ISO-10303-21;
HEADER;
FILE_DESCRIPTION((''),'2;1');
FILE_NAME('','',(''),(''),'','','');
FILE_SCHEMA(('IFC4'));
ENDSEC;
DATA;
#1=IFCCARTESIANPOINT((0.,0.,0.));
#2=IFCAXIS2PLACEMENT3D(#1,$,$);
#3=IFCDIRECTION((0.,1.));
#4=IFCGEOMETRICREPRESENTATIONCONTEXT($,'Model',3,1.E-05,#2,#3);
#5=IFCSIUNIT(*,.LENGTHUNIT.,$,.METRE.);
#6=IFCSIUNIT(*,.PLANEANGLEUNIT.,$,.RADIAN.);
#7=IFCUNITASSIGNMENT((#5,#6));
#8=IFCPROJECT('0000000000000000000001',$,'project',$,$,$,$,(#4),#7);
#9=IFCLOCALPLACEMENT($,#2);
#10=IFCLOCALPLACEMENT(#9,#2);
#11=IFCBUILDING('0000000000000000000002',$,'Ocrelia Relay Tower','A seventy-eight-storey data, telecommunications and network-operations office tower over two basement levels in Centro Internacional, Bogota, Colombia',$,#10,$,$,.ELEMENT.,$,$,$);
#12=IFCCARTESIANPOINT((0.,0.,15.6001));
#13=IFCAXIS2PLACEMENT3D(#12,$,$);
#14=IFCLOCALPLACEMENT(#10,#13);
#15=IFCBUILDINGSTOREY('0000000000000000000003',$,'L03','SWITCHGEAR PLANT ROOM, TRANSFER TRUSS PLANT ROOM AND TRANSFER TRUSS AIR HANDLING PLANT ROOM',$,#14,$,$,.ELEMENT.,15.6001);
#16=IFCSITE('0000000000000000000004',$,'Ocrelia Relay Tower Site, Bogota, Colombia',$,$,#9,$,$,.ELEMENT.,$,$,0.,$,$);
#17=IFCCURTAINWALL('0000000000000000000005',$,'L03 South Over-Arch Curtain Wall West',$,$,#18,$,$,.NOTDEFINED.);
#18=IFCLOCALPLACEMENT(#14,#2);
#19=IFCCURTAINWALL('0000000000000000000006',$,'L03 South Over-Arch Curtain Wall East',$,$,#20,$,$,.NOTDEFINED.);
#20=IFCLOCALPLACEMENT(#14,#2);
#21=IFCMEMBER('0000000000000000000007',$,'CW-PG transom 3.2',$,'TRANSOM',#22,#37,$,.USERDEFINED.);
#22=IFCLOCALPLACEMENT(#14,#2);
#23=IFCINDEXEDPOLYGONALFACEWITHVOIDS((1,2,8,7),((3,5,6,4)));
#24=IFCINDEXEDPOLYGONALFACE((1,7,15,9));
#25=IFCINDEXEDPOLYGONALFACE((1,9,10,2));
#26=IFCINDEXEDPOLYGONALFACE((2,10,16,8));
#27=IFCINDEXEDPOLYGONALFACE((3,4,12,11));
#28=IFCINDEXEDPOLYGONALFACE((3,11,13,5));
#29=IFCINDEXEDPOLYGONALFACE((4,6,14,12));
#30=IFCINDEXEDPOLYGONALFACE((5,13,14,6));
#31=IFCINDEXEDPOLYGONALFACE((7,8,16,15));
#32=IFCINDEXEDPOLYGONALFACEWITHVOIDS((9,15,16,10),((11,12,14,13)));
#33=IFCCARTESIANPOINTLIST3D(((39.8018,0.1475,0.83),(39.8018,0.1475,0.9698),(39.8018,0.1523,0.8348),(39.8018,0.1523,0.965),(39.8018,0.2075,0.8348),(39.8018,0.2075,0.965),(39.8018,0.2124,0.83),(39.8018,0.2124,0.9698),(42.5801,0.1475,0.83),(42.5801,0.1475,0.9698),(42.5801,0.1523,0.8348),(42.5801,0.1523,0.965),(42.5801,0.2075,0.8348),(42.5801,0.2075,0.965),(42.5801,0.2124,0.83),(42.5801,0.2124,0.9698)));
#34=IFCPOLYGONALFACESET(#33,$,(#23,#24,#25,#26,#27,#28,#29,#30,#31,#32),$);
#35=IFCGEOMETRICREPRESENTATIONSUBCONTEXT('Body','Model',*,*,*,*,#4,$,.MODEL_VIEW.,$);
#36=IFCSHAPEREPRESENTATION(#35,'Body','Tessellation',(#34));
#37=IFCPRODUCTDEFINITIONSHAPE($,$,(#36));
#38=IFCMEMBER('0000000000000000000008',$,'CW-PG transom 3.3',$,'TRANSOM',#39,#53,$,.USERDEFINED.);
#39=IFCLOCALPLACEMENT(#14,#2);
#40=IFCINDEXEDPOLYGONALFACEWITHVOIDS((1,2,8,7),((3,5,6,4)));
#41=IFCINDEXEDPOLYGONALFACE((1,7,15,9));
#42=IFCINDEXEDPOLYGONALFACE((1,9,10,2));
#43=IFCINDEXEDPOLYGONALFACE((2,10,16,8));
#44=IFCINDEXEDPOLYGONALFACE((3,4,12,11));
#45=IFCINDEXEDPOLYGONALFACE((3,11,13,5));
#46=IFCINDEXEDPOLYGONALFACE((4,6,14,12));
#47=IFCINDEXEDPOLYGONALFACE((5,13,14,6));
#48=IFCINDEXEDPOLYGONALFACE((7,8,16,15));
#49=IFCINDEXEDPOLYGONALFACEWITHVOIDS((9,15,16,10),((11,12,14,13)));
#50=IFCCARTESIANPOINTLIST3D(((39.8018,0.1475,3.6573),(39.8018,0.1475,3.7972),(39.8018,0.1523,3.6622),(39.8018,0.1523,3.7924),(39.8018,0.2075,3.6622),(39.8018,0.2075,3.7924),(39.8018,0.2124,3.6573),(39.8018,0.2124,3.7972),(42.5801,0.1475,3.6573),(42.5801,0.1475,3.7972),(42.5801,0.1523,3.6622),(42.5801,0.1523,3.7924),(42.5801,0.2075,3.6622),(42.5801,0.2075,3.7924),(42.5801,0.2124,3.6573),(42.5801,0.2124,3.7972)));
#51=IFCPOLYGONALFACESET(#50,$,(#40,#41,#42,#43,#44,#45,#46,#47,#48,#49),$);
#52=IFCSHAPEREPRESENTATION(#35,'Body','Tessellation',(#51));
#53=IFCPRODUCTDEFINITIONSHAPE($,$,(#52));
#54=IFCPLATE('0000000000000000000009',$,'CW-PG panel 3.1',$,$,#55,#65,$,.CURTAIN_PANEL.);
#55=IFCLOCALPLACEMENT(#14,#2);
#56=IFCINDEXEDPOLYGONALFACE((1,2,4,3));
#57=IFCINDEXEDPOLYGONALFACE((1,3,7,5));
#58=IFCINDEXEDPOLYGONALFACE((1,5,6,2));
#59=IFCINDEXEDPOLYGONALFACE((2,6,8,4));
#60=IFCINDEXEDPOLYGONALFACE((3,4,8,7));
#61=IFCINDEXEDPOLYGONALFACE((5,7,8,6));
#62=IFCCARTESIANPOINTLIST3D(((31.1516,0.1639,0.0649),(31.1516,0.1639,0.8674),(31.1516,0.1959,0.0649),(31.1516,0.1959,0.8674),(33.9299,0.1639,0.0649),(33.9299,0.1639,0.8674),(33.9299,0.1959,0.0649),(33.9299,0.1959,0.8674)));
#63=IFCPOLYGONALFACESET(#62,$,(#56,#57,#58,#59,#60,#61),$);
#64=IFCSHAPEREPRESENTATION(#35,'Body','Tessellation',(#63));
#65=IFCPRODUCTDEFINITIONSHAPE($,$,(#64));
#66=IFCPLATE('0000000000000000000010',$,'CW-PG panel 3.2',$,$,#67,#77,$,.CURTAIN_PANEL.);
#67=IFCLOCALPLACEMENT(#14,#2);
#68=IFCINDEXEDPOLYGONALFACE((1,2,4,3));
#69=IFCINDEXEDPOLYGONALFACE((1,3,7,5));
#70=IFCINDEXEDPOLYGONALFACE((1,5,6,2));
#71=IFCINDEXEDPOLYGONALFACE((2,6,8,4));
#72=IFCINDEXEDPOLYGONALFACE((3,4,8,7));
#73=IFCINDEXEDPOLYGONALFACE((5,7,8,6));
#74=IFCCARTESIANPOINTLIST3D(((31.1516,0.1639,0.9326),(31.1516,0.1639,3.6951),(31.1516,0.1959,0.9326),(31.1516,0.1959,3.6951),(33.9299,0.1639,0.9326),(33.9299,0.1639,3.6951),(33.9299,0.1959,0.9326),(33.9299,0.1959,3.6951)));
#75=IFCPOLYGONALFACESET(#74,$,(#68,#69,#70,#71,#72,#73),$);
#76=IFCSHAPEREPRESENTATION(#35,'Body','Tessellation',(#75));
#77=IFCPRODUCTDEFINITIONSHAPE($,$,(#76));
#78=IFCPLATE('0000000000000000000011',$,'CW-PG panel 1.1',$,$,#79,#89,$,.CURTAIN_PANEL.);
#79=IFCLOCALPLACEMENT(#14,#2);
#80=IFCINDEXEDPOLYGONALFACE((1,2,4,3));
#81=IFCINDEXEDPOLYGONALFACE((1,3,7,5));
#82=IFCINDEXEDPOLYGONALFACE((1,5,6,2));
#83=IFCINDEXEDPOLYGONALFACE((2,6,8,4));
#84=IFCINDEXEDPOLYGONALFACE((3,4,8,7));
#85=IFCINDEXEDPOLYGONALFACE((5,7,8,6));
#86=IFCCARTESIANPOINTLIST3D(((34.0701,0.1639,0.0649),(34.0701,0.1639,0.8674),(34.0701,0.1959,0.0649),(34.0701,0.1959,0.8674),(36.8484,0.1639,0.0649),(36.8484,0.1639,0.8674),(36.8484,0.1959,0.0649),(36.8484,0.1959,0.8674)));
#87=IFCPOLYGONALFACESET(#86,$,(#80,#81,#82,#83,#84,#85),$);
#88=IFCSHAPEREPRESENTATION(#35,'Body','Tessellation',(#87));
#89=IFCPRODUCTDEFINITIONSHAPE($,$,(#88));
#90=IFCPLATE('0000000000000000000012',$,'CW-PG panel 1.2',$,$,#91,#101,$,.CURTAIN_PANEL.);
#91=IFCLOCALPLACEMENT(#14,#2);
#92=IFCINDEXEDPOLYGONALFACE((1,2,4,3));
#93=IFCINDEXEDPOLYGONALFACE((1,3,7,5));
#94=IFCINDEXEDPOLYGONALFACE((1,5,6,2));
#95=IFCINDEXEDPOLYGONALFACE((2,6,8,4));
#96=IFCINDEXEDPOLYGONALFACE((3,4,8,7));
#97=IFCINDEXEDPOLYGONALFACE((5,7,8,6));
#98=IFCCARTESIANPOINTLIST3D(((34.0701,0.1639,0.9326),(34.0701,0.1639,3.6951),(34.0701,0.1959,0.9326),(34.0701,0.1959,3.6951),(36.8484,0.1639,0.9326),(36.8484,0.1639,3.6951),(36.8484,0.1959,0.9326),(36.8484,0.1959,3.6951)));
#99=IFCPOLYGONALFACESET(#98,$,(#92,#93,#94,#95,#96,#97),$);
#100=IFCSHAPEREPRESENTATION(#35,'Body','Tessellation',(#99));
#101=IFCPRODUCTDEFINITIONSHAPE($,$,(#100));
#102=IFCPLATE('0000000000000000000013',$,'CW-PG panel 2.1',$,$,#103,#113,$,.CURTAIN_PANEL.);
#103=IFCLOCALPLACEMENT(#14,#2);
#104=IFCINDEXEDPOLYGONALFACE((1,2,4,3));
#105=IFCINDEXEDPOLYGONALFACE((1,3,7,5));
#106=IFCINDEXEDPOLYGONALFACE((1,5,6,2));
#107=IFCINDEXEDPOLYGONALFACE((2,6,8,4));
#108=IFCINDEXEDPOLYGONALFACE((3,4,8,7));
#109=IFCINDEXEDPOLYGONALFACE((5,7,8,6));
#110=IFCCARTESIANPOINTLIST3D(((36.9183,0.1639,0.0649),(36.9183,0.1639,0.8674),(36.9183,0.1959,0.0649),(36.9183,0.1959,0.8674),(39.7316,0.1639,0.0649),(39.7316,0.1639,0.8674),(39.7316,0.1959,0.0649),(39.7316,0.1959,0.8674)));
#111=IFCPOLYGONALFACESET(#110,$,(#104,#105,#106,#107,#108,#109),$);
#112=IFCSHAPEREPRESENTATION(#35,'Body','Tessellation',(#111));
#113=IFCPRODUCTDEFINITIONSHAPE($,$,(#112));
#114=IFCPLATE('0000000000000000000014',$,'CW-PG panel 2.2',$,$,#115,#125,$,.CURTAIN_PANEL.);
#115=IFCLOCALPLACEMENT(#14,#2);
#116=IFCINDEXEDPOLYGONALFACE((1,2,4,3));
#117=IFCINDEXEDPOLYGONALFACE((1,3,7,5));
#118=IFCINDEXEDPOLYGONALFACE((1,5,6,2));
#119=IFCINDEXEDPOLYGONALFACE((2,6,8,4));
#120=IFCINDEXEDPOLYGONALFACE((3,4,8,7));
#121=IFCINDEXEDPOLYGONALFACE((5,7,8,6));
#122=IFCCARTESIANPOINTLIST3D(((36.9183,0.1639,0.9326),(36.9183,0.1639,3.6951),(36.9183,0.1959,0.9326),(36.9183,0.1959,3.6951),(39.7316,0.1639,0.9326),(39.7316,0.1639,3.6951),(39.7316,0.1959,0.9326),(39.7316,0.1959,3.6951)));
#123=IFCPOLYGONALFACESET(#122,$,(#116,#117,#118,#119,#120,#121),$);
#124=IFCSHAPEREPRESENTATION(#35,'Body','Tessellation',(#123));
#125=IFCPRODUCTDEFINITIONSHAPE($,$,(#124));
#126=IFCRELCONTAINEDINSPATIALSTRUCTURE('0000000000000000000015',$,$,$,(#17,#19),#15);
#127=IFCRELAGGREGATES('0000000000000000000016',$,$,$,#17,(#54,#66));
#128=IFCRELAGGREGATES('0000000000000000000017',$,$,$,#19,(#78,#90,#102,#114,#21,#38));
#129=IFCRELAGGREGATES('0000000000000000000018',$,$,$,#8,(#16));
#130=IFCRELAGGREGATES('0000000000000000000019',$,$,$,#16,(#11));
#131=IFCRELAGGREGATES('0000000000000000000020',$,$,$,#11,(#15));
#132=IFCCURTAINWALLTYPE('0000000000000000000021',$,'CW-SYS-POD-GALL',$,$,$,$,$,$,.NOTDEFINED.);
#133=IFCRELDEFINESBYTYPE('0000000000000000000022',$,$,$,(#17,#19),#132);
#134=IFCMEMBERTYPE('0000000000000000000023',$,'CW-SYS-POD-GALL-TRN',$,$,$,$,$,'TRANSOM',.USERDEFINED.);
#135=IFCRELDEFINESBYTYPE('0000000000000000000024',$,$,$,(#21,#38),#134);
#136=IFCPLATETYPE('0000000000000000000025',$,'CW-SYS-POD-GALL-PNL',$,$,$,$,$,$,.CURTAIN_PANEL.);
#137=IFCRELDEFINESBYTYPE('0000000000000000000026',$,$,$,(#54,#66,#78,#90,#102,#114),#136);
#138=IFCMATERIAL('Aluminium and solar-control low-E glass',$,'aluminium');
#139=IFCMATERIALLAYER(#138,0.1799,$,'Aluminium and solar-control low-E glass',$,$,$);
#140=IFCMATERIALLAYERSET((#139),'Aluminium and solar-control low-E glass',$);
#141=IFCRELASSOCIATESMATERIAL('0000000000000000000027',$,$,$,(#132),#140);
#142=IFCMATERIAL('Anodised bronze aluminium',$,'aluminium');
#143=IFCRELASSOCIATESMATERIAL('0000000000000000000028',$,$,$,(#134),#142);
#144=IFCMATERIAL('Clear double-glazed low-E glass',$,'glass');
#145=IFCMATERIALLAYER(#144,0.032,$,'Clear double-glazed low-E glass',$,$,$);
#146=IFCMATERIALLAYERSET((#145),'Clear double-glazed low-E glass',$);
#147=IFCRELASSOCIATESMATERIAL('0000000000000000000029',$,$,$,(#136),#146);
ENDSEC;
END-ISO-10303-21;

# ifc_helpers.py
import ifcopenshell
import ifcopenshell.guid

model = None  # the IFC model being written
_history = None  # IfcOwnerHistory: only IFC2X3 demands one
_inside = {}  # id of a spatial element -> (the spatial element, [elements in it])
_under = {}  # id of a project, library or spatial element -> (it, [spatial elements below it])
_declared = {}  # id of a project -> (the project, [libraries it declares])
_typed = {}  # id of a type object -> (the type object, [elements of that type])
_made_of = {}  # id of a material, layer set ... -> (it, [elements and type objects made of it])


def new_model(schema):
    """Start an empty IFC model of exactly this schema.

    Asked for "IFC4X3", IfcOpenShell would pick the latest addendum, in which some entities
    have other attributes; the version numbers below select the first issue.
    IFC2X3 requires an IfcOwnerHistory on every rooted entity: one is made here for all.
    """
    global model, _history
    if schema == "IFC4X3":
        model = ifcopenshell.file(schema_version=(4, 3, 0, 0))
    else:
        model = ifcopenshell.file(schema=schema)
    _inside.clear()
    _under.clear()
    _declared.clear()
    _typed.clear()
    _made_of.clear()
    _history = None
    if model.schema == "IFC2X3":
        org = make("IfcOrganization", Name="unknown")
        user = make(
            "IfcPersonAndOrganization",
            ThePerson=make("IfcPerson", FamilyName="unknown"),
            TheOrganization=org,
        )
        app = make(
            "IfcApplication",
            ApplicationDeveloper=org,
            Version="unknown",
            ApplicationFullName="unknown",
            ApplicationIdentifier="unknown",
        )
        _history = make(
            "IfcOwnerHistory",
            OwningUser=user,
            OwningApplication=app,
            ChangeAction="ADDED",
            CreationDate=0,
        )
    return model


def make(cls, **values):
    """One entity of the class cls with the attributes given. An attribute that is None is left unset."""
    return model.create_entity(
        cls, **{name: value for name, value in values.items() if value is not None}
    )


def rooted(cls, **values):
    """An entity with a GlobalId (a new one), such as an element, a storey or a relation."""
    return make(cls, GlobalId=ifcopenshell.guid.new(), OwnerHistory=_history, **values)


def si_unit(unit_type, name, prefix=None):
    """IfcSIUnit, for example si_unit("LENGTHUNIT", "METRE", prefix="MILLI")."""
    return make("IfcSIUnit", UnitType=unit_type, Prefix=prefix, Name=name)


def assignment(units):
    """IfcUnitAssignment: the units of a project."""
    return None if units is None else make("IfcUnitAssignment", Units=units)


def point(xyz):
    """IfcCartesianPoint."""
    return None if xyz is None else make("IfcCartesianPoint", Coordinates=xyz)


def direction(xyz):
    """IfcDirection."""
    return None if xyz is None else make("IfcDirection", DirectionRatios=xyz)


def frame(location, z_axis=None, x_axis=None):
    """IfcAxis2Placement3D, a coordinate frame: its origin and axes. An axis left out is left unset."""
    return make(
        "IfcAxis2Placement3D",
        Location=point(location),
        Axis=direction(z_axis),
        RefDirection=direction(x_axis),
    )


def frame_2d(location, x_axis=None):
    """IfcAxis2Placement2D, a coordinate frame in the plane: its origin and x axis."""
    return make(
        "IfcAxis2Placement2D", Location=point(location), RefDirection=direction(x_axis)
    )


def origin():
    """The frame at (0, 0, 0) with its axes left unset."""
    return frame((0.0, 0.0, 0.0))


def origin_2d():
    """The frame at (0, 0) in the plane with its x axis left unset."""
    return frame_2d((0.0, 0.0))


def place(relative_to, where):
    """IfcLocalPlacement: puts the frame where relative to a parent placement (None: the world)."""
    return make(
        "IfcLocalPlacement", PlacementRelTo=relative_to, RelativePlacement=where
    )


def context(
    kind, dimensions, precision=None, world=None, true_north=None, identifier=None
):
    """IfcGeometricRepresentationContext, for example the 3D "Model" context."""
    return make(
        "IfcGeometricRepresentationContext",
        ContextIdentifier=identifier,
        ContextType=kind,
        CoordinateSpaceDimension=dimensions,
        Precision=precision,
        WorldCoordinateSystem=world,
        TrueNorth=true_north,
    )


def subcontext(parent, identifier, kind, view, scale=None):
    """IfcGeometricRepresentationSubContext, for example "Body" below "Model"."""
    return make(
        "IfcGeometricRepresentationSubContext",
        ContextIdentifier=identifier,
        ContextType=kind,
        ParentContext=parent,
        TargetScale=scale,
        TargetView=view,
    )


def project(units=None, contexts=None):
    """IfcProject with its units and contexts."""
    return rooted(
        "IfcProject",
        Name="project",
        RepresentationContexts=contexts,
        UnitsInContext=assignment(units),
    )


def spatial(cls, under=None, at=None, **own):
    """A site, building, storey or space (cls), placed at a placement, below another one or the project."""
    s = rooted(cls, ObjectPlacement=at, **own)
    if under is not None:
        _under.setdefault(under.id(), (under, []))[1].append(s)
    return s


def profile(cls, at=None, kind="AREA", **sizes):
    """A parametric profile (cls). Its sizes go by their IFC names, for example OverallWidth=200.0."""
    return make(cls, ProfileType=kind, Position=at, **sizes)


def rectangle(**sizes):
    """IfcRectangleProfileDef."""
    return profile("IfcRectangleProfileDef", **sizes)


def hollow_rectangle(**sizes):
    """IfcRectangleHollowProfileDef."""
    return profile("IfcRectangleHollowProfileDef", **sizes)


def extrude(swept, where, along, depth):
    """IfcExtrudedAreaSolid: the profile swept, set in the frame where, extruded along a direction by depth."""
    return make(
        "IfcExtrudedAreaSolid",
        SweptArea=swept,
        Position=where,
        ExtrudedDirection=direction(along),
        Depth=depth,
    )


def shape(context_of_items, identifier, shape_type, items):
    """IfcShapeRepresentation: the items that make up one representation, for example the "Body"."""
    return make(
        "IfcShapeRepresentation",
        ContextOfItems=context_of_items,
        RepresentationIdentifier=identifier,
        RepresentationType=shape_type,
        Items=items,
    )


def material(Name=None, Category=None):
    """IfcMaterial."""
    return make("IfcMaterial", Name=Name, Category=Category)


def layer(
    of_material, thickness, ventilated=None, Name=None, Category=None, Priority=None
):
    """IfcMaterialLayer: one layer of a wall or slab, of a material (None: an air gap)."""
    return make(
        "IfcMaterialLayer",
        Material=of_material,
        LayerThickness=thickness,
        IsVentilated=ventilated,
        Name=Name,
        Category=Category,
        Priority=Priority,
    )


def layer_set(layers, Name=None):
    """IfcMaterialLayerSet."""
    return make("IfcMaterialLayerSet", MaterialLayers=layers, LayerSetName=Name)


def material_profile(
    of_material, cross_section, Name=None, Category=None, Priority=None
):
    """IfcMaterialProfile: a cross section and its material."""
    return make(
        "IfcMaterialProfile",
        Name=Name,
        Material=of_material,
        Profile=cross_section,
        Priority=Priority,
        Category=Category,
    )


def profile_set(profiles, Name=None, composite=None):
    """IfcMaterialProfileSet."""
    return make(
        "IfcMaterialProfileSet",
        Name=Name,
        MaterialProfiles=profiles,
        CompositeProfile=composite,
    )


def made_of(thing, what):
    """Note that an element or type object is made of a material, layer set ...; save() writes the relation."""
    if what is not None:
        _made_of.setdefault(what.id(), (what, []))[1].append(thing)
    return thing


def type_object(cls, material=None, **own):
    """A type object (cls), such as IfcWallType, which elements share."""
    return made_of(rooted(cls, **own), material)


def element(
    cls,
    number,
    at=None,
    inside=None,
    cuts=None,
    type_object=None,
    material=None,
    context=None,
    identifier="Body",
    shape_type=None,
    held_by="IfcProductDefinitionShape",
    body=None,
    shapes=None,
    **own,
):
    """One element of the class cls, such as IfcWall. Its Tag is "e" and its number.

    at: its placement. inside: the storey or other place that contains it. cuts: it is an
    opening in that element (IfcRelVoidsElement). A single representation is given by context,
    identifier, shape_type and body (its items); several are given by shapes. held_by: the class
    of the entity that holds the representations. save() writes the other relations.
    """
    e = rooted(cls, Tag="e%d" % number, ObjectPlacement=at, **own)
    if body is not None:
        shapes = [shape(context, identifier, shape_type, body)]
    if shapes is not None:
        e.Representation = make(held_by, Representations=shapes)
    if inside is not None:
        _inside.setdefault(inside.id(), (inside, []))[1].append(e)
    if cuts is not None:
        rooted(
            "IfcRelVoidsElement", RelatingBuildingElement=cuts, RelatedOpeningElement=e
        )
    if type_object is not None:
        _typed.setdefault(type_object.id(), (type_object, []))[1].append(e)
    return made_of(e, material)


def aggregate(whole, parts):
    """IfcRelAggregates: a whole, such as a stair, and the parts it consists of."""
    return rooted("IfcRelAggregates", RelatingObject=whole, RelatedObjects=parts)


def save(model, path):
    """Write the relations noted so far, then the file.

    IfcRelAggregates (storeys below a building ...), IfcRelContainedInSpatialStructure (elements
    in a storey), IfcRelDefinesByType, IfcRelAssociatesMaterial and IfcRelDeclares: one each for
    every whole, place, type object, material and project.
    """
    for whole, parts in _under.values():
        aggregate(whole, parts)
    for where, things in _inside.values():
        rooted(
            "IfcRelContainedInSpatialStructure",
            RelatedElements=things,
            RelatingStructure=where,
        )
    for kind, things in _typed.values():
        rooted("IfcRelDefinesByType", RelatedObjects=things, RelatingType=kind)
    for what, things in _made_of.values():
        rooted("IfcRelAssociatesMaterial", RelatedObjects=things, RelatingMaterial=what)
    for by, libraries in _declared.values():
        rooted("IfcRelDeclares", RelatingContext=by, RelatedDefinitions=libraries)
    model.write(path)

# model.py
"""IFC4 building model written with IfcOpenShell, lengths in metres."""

from ifc_helpers import new_model, si_unit, direction, frame, origin, origin_2d, place, context, subcontext, project, spatial, rectangle, hollow_rectangle, extrude, material, layer, layer_set, material_profile, profile_set, type_object, element, aggregate, save


model = new_model("IFC4")

# Units and contexts
model_context = context("Model", 3, precision=1e-05, world=origin(), true_north=direction((0.0, 1.0)))
body_context = subcontext(model_context, "Body", "Model", "MODEL_VIEW")
ifc_project = project(units=[si_unit("LENGTHUNIT", "METRE"), si_unit("PLANEANGLEUNIT", "RADIAN")], contexts=[model_context])

# Site, building, storey
site_placement = place(None, origin())
site = spatial("IfcSite", under=ifc_project, at=site_placement, Name="Ocrelia Relay Tower Site, Bogota, Colombia", CompositionType="ELEMENT", RefElevation=0.0)
building_placement = place(site_placement, origin())
building = spatial("IfcBuilding", under=site, at=building_placement, Name="Ocrelia Relay Tower", Description="A seventy-eight-storey data, telecommunications and network-operations office tower over two basement levels in Centro Internacional, Bogota, Colombia", CompositionType="ELEMENT")
storey_placement = place(building_placement, frame((0.0, 0.0, 15.6001)))
storey = spatial("IfcBuildingStorey", under=building, at=storey_placement, Name="L03", Description="SWITCHGEAR PLANT ROOM, TRANSFER TRUSS PLANT ROOM AND TRANSFER TRUSS AIR HANDLING PLANT ROOM", CompositionType="ELEMENT", Elevation=15.6001)

# Curtain wall
ifc_material_1 = material(Name="Aluminium and solar-control low-E glass", Category="aluminium")
ifc_layer_1 = layer(ifc_material_1, 0.1799, Name="Aluminium and solar-control low-E glass")
ifc_layer_set_1 = layer_set([ifc_layer_1], Name="Aluminium and solar-control low-E glass")
curtain_wall_type = type_object("IfcCurtainWallType", Name="CW-SYS-POD-GALL", PredefinedType="NOTDEFINED", material=ifc_layer_set_1)
curtain_wall_1_placement = place(storey_placement, origin())
curtain_wall_1 = element("IfcCurtainWall", 1, at=curtain_wall_1_placement, inside=storey, type_object=curtain_wall_type, Name="L03 South Over-Arch Curtain Wall West", PredefinedType="NOTDEFINED")
ifc_material_2 = material(Name="Anodised bronze aluminium", Category="aluminium")

# Curtain wall, members
curtain_wall_2_placement = place(storey_placement, origin())
curtain_wall_2 = element("IfcCurtainWall", 2, at=curtain_wall_2_placement, inside=storey, type_object=curtain_wall_type, Name="L03 South Over-Arch Curtain Wall East", PredefinedType="NOTDEFINED")
ifc_material_profile_1 = material_profile(ifc_material_2, hollow_rectangle(XDim=0.0649, YDim=0.1399, WallThickness=0.0049, at=origin_2d()), Name="CW-TRN-140x65")
ifc_profile_set_1 = profile_set([ifc_material_profile_1], Name="Anodised bronze aluminium")
member_type_1 = type_object("IfcMemberType", Name="CW-SYS-POD-GALL-TRN", ElementType="TRANSOM", PredefinedType="USERDEFINED", material=ifc_profile_set_1)
member_1_placement = place(storey_placement, frame((39.8018, 0.1799, 0.8999), z_axis=(1.0, 0.0, 0.0), x_axis=(0.0, 1.0, 0.0)))
member_1 = element("IfcMember", 3, at=member_1_placement, type_object=member_type_1, Name="CW-PG transom 3.2", ObjectType="TRANSOM", PredefinedType="USERDEFINED", context=body_context, shape_type="SweptSolid", body=[
    extrude(hollow_rectangle(XDim=0.0649, YDim=0.1399, WallThickness=0.0049, at=origin_2d()), origin(), (0.0, 0.0, 1.0), 2.7783),
])
member_2_placement = place(storey_placement, frame((39.8018, 0.1799, 3.7273), z_axis=(1.0, 0.0, 0.0), x_axis=(0.0, 1.0, 0.0)))
member_2 = element("IfcMember", 4, at=member_2_placement, type_object=member_type_1, Name="CW-PG transom 3.3", ObjectType="TRANSOM", PredefinedType="USERDEFINED", context=body_context, shape_type="SweptSolid", body=[
    extrude(hollow_rectangle(XDim=0.0649, YDim=0.1399, WallThickness=0.0049, at=origin_2d()), origin(), (0.0, 0.0, 1.0), 2.7783),
])

# Plates
ifc_material_3 = material(Name="Clear double-glazed low-E glass", Category="glass")
ifc_layer_2 = layer(ifc_material_3, 0.032, Name="Clear double-glazed low-E glass")
ifc_layer_set_2 = layer_set([ifc_layer_2], Name="Clear double-glazed low-E glass")
plate_type = type_object("IfcPlateType", Name="CW-SYS-POD-GALL-PNL", PredefinedType="CURTAIN_PANEL", material=ifc_layer_set_2)
plate_1_placement = place(storey_placement, frame((32.5408, 0.1799, 0.0649), z_axis=(0.0, 0.0, 1.0), x_axis=(1.0, 0.0, 0.0)))
plate_1 = element("IfcPlate", 5, at=plate_1_placement, type_object=plate_type, Name="CW-PG panel 3.1", PredefinedType="CURTAIN_PANEL", context=body_context, shape_type="SweptSolid", body=[
    extrude(rectangle(XDim=2.7783, YDim=0.032, at=origin_2d()), origin(), (0.0, 0.0, 1.0), 0.8025),
])
plate_2_placement = place(storey_placement, frame((32.5408, 0.1799, 0.9326), z_axis=(0.0, 0.0, 1.0), x_axis=(1.0, 0.0, 0.0)))
plate_2 = element("IfcPlate", 6, at=plate_2_placement, type_object=plate_type, Name="CW-PG panel 3.2", PredefinedType="CURTAIN_PANEL", context=body_context, shape_type="SweptSolid", body=[
    extrude(rectangle(XDim=2.7783, YDim=0.032, at=origin_2d()), origin(), (0.0, 0.0, 1.0), 2.7625),
])
aggregate(curtain_wall_1, [plate_1, plate_2])
plate_3_placement = place(storey_placement, frame((35.4592, 0.1799, 0.0649), z_axis=(0.0, 0.0, 1.0), x_axis=(1.0, 0.0, 0.0)))
plate_3 = element("IfcPlate", 7, at=plate_3_placement, type_object=plate_type, Name="CW-PG panel 1.1", PredefinedType="CURTAIN_PANEL", context=body_context, shape_type="SweptSolid", body=[
    extrude(rectangle(XDim=2.7783, YDim=0.032, at=origin_2d()), origin(), (0.0, 0.0, 1.0), 0.8025),
])
plate_4_placement = place(storey_placement, frame((35.4592, 0.1799, 0.9326), z_axis=(0.0, 0.0, 1.0), x_axis=(1.0, 0.0, 0.0)))
plate_4 = element("IfcPlate", 8, at=plate_4_placement, type_object=plate_type, Name="CW-PG panel 1.2", PredefinedType="CURTAIN_PANEL", context=body_context, shape_type="SweptSolid", body=[
    extrude(rectangle(XDim=2.7783, YDim=0.032, at=origin_2d()), origin(), (0.0, 0.0, 1.0), 2.7625),
])
plate_5_placement = place(storey_placement, frame((38.325, 0.1799, 0.0649), z_axis=(0.0, 0.0, 1.0), x_axis=(1.0, 0.0, 0.0)))
plate_5 = element("IfcPlate", 9, at=plate_5_placement, type_object=plate_type, Name="CW-PG panel 2.1", PredefinedType="CURTAIN_PANEL", context=body_context, shape_type="SweptSolid", body=[
    extrude(rectangle(XDim=2.8132, YDim=0.032, at=origin_2d()), origin(), (0.0, 0.0, 1.0), 0.8025),
])
plate_6_placement = place(storey_placement, frame((38.325, 0.1799, 0.9326), z_axis=(0.0, 0.0, 1.0), x_axis=(1.0, 0.0, 0.0)))
plate_6 = element("IfcPlate", 10, at=plate_6_placement, type_object=plate_type, Name="CW-PG panel 2.2", PredefinedType="CURTAIN_PANEL", context=body_context, shape_type="SweptSolid", body=[
    extrude(rectangle(XDim=2.8132, YDim=0.032, at=origin_2d()), origin(), (0.0, 0.0, 1.0), 2.7625),
])
aggregate(curtain_wall_2, [plate_3, plate_4, plate_5, plate_6, member_1, member_2])

save(model, "model.ifc")
